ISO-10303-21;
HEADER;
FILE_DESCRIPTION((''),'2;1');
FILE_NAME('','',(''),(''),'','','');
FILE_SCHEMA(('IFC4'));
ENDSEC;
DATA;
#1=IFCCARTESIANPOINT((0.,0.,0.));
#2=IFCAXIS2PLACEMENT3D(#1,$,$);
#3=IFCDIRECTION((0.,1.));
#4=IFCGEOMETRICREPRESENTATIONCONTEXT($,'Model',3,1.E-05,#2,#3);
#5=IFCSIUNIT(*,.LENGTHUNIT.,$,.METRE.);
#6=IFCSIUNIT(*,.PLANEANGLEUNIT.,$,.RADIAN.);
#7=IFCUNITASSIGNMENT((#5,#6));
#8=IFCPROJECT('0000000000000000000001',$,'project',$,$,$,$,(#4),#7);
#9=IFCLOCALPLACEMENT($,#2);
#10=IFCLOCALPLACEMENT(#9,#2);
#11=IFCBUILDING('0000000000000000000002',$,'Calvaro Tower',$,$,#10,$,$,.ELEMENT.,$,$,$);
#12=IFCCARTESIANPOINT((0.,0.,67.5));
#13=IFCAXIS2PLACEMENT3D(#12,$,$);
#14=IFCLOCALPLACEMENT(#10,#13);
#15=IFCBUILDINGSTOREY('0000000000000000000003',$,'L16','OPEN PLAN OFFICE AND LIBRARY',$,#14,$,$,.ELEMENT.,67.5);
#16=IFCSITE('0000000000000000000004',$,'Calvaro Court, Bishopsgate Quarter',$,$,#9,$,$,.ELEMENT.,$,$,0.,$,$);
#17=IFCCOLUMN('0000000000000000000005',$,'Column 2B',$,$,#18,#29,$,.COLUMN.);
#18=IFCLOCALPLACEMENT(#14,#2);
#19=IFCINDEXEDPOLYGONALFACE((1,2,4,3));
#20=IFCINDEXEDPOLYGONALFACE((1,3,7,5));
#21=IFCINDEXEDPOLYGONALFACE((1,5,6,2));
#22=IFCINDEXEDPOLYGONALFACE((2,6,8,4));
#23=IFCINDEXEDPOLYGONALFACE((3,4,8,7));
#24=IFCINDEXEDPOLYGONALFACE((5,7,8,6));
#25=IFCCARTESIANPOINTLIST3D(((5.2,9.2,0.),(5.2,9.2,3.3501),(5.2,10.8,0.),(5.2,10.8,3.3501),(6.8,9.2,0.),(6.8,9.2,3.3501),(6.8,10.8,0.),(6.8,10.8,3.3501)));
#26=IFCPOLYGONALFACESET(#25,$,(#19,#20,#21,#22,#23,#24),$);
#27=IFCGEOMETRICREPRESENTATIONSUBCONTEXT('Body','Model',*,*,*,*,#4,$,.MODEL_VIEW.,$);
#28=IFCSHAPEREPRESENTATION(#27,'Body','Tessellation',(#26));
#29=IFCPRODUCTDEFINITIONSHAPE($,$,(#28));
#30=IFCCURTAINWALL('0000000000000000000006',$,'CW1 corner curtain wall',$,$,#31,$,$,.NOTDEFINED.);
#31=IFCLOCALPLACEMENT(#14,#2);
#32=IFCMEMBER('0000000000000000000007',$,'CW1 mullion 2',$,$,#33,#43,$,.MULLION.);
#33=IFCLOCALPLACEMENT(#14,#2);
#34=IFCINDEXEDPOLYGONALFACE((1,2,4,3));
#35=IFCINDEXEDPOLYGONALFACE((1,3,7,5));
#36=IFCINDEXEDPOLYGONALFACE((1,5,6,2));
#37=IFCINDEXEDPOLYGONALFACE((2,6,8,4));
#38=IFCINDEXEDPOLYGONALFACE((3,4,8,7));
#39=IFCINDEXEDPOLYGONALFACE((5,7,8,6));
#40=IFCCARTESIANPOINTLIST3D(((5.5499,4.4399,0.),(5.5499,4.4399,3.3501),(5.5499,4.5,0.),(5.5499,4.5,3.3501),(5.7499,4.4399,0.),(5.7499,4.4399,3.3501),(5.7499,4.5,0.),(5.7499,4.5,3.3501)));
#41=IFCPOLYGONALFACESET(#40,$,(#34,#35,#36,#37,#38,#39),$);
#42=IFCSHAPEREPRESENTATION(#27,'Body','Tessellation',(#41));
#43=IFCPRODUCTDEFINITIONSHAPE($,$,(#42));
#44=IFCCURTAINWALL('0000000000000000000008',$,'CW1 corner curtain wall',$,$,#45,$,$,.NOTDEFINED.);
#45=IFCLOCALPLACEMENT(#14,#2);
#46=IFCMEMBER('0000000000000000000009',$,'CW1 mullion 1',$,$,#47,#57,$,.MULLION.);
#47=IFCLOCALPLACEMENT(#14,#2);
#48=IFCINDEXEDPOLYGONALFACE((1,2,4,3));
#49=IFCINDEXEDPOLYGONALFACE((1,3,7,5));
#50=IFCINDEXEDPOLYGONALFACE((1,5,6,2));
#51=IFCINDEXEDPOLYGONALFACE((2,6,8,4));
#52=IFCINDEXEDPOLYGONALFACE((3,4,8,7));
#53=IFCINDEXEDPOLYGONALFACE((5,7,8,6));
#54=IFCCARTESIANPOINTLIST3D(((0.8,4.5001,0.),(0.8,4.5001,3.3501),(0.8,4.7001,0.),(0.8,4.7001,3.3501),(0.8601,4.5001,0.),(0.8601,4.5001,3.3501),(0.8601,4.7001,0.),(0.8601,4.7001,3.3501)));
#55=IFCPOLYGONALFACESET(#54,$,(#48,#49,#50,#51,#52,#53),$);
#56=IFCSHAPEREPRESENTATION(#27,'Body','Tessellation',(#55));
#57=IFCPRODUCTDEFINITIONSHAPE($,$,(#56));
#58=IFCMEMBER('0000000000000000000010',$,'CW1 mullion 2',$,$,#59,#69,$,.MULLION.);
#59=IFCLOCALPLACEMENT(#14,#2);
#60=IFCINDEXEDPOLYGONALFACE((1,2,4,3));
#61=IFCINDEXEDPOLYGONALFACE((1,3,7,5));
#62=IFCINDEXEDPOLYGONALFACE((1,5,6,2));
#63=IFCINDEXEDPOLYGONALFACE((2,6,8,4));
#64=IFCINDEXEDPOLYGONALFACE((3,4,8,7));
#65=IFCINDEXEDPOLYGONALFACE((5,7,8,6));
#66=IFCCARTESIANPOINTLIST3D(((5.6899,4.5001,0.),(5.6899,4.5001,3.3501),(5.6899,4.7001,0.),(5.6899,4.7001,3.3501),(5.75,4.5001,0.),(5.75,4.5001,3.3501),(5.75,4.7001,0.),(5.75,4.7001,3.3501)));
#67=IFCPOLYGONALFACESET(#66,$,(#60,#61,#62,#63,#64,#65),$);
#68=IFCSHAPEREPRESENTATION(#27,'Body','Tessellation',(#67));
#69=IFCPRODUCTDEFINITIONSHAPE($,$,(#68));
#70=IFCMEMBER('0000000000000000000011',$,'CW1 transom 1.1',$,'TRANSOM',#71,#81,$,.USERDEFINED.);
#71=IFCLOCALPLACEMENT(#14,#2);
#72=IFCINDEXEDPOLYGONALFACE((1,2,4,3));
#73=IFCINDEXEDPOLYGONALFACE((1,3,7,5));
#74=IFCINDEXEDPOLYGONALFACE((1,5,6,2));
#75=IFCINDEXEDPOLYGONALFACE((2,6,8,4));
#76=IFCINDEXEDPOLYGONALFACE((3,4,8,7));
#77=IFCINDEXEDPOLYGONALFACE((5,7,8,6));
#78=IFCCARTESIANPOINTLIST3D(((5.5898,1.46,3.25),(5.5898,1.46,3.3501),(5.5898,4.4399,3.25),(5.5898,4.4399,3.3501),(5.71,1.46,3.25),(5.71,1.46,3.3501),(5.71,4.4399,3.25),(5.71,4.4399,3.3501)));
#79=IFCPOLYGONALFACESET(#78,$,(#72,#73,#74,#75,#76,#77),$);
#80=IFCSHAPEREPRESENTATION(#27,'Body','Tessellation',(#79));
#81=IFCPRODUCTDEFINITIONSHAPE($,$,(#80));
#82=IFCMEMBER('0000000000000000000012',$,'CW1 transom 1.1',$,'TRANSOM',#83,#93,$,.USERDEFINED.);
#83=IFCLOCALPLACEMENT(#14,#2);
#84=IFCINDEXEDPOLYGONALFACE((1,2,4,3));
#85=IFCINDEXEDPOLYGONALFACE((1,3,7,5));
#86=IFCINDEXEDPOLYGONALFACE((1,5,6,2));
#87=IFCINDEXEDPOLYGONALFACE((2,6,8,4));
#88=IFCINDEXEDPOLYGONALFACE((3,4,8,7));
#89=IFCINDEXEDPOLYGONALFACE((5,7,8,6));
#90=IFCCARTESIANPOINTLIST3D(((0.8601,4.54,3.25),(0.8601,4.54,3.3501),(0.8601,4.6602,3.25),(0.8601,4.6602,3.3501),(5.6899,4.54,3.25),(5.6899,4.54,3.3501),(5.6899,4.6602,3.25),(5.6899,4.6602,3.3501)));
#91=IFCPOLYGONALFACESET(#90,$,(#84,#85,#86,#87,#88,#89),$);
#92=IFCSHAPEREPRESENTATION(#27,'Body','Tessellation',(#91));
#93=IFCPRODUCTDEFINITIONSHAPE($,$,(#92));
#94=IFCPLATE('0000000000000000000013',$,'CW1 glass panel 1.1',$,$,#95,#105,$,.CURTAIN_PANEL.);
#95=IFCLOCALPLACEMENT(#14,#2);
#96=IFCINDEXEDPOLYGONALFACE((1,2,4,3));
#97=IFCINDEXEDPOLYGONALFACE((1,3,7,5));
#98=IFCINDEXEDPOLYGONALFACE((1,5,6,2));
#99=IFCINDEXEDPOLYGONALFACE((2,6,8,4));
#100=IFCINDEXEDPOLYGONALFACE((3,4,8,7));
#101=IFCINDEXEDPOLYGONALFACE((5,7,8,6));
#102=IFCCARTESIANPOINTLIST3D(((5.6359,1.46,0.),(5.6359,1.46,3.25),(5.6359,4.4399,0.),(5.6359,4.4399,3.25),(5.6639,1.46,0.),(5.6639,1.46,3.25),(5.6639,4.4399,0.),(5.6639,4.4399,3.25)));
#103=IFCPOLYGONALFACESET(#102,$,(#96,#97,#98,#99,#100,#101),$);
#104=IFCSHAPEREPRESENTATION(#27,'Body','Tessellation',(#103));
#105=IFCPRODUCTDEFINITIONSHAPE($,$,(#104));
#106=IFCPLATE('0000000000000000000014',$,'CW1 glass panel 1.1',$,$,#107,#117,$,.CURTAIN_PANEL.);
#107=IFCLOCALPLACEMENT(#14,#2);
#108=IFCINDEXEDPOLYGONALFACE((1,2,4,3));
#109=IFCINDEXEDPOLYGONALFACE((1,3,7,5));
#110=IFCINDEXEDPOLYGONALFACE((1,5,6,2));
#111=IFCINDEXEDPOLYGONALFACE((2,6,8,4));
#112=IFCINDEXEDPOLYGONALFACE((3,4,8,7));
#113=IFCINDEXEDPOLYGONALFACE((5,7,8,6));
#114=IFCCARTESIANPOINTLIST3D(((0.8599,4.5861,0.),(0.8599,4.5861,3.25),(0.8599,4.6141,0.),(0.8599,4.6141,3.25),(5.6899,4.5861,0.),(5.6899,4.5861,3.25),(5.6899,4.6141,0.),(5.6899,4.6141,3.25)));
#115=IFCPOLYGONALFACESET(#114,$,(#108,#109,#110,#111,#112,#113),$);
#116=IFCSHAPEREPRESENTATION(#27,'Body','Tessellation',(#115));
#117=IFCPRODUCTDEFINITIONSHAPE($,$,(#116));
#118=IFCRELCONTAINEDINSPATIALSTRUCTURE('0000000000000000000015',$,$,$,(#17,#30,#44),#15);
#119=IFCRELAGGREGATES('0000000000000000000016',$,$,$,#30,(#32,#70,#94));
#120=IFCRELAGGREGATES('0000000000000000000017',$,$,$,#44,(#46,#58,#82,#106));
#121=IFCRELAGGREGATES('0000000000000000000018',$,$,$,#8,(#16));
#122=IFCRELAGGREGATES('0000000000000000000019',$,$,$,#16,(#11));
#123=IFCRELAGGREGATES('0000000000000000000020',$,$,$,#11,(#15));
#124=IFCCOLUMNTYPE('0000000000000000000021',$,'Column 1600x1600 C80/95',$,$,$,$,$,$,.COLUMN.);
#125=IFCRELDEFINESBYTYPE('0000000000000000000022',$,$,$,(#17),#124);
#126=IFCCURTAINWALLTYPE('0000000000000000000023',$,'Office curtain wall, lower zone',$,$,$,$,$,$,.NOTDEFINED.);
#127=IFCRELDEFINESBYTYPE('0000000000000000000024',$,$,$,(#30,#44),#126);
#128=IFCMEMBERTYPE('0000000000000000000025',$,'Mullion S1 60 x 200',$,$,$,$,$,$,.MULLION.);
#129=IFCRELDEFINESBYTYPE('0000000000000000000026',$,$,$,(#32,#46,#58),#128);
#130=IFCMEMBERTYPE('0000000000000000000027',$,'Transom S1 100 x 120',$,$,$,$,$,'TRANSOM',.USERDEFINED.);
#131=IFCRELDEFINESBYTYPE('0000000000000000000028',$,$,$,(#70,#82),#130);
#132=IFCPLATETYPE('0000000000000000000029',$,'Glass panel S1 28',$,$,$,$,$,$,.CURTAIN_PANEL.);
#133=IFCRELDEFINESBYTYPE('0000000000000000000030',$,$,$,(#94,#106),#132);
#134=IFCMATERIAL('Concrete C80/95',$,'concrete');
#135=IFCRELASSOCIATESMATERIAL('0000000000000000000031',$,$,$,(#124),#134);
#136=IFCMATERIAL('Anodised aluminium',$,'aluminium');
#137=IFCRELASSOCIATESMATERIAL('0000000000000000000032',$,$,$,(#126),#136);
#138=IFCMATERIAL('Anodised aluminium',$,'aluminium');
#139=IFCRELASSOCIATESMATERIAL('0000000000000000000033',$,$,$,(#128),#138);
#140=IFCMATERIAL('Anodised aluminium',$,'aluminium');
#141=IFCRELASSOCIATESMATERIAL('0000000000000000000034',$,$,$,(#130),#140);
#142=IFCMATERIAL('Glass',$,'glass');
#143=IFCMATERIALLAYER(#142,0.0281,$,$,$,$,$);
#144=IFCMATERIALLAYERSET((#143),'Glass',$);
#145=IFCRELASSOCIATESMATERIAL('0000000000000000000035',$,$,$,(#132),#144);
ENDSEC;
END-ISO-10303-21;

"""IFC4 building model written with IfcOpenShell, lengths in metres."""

from ifc_helpers import new_model, si_unit, direction, frame, origin, origin_2d, place, context, subcontext, project, spatial, rectangle, extrude, material, layer, layer_set, material_profile, profile_set, type_object, element, aggregate, save


model = new_model("IFC4")

# Units and contexts
model_context = context("Model", 3, precision=1e-05, world=origin(), true_north=direction((0.0, 1.0)))
body_context = subcontext(model_context, "Body", "Model", "MODEL_VIEW")
ifc_project = project(units=[si_unit("LENGTHUNIT", "METRE"), si_unit("PLANEANGLEUNIT", "RADIAN")], contexts=[model_context])

# Site, building, storey
site_placement = place(None, origin())
site = spatial("IfcSite", under=ifc_project, at=site_placement, Name="Calvaro Court, Bishopsgate Quarter", CompositionType="ELEMENT", RefElevation=0.0)
building_placement = place(site_placement, origin())
building = spatial("IfcBuilding", under=site, at=building_placement, Name="Calvaro Tower", CompositionType="ELEMENT")
storey_placement = place(building_placement, frame((0.0, 0.0, 67.5)))
storey = spatial("IfcBuildingStorey", under=building, at=storey_placement, Name="L16", Description="OPEN PLAN OFFICE AND LIBRARY", CompositionType="ELEMENT", Elevation=67.5)

# Column
ifc_material_1 = material(Name="Concrete C80/95", Category="concrete")
ifc_material_profile_1 = material_profile(ifc_material_1, rectangle(XDim=1.6001, YDim=1.6001, at=origin_2d()), Name="RC 1600x1600")
ifc_profile_set_1 = profile_set([ifc_material_profile_1], Name="Concrete C80/95")
column_type = type_object("IfcColumnType", Name="Column 1600x1600 C80/95", PredefinedType="COLUMN", material=ifc_profile_set_1)
column_placement = place(storey_placement, frame((6.0, 10.0, 0.0), z_axis=(0.0, 0.0, 1.0), x_axis=(1.0, 0.0, 0.0)))
element("IfcColumn", 1, at=column_placement, inside=storey, type_object=column_type, Name="Column 2B", PredefinedType="COLUMN", context=body_context, shape_type="SweptSolid", body=[
    extrude(rectangle(XDim=1.6001, YDim=1.6001, at=origin_2d()), origin(), (0.0, 0.0, 1.0), 3.3501),
])

# Curtain wall, member
ifc_material_2 = material(Name="Anodised aluminium", Category="aluminium")
curtain_wall_type = type_object("IfcCurtainWallType", Name="Office curtain wall, lower zone", PredefinedType="NOTDEFINED", material=ifc_material_2)
curtain_wall_1_placement = place(storey_placement, origin())
curtain_wall_1 = element("IfcCurtainWall", 2, at=curtain_wall_1_placement, inside=storey, type_object=curtain_wall_type, Name="CW1 corner curtain wall", PredefinedType="NOTDEFINED")
ifc_material_3 = material(Name="Anodised aluminium", Category="aluminium")
ifc_material_profile_2 = material_profile(ifc_material_3, rectangle(XDim=0.2, YDim=0.0601, at=origin_2d()), Name="Mullion S1 60 x 200")
ifc_profile_set_2 = profile_set([ifc_material_profile_2], Name="Anodised aluminium")
member_type_1 = type_object("IfcMemberType", Name="Mullion S1 60 x 200", PredefinedType="MULLION", material=ifc_profile_set_2)
member_1_placement = place(storey_placement, frame((5.6499, 4.47, 0.0), z_axis=(0.0, 0.0, 1.0), x_axis=(-1.0, 0.0, 0.0)))
member_1 = element("IfcMember", 3, at=member_1_placement, type_object=member_type_1, Name="CW1 mullion 2", PredefinedType="MULLION", context=body_context, shape_type="SweptSolid", body=[
    extrude(rectangle(XDim=0.2, YDim=0.0601, at=origin_2d()), origin(), (0.0, 0.0, 1.0), 3.3501),
])

# Curtain wall, members
curtain_wall_2_placement = place(storey_placement, origin())
curtain_wall_2 = element("IfcCurtainWall", 4, at=curtain_wall_2_placement, inside=storey, type_object=curtain_wall_type, Name="CW1 corner curtain wall", PredefinedType="NOTDEFINED")
member_2_placement = place(storey_placement, frame((0.8301, 4.6001, 0.0), z_axis=(0.0, 0.0, 1.0), x_axis=(0.0, 1.0, 0.0)))
member_2 = element("IfcMember", 5, at=member_2_placement, type_object=member_type_1, Name="CW1 mullion 1", PredefinedType="MULLION", context=body_context, shape_type="SweptSolid", body=[
    extrude(rectangle(XDim=0.2, YDim=0.0601, at=origin_2d()), origin(), (0.0, 0.0, 1.0), 3.3501),
])
member_3_placement = place(storey_placement, frame((5.72, 4.6001, 0.0), z_axis=(0.0, 0.0, 1.0), x_axis=(0.0, 1.0, 0.0)))
member_3 = element("IfcMember", 6, at=member_3_placement, type_object=member_type_1, Name="CW1 mullion 2", PredefinedType="MULLION", context=body_context, shape_type="SweptSolid", body=[
    extrude(rectangle(XDim=0.2, YDim=0.0601, at=origin_2d()), origin(), (0.0, 0.0, 1.0), 3.3501),
])

# Members
ifc_material_4 = material(Name="Anodised aluminium", Category="aluminium")
ifc_material_profile_3 = material_profile(ifc_material_4, rectangle(XDim=0.1201, YDim=0.1001, at=origin_2d()), Name="Transom S1 100 x 120")
ifc_profile_set_3 = profile_set([ifc_material_profile_3], Name="Anodised aluminium")
member_type_2 = type_object("IfcMemberType", Name="Transom S1 100 x 120", ElementType="TRANSOM", PredefinedType="USERDEFINED", material=ifc_profile_set_3)
member_4_placement = place(storey_placement, frame((5.6499, 1.46, 3.3), z_axis=(0.0, 1.0, 0.0), x_axis=(-1.0, 0.0, 0.0)))
member_4 = element("IfcMember", 7, at=member_4_placement, type_object=member_type_2, Name="CW1 transom 1.1", ObjectType="TRANSOM", PredefinedType="USERDEFINED", context=body_context, shape_type="SweptSolid", body=[
    extrude(rectangle(XDim=0.1201, YDim=0.1001, at=origin_2d()), origin(), (0.0, 0.0, 1.0), 2.98),
])
member_5_placement = place(storey_placement, frame((0.8601, 4.6001, 3.3), z_axis=(1.0, 0.0, 0.0), x_axis=(0.0, 1.0, 0.0)))
member_5 = element("IfcMember", 8, at=member_5_placement, type_object=member_type_2, Name="CW1 transom 1.1", ObjectType="TRANSOM", PredefinedType="USERDEFINED", context=body_context, shape_type="SweptSolid", body=[
    extrude(rectangle(XDim=0.1201, YDim=0.1001, at=origin_2d()), origin(), (0.0, 0.0, 1.0), 4.8298),
])

# Plates
ifc_material_5 = material(Name="Glass", Category="glass")
ifc_layer_1 = layer(ifc_material_5, 0.0281)
ifc_layer_set_1 = layer_set([ifc_layer_1], Name="Glass")
plate_type = type_object("IfcPlateType", Name="Glass panel S1 28", PredefinedType="CURTAIN_PANEL", material=ifc_layer_set_1)
plate_1_placement = place(storey_placement, frame((5.6499, 2.95, 0.0), z_axis=(0.0, 0.0, 1.0), x_axis=(0.0, 1.0, 0.0)))
plate_1 = element("IfcPlate", 9, at=plate_1_placement, type_object=plate_type, Name="CW1 glass panel 1.1", PredefinedType="CURTAIN_PANEL", context=body_context, shape_type="SweptSolid", body=[
    extrude(rectangle(XDim=2.98, YDim=0.0281, at=origin_2d()), origin(), (0.0, 0.0, 1.0), 3.25),
])
aggregate(curtain_wall_1, [member_1, member_4, plate_1])
plate_2_placement = place(storey_placement, frame((3.2749, 4.6001, 0.0), z_axis=(0.0, 0.0, 1.0), x_axis=(1.0, 0.0, 0.0)))
plate_2 = element("IfcPlate", 10, at=plate_2_placement, type_object=plate_type, Name="CW1 glass panel 1.1", PredefinedType="CURTAIN_PANEL", context=body_context, shape_type="SweptSolid", body=[
    extrude(rectangle(XDim=4.8301, YDim=0.0281, at=origin_2d()), origin(), (0.0, 0.0, 1.0), 3.25),
])
aggregate(curtain_wall_2, [member_2, member_3, member_5, plate_2])

save(model, "model.ifc")
